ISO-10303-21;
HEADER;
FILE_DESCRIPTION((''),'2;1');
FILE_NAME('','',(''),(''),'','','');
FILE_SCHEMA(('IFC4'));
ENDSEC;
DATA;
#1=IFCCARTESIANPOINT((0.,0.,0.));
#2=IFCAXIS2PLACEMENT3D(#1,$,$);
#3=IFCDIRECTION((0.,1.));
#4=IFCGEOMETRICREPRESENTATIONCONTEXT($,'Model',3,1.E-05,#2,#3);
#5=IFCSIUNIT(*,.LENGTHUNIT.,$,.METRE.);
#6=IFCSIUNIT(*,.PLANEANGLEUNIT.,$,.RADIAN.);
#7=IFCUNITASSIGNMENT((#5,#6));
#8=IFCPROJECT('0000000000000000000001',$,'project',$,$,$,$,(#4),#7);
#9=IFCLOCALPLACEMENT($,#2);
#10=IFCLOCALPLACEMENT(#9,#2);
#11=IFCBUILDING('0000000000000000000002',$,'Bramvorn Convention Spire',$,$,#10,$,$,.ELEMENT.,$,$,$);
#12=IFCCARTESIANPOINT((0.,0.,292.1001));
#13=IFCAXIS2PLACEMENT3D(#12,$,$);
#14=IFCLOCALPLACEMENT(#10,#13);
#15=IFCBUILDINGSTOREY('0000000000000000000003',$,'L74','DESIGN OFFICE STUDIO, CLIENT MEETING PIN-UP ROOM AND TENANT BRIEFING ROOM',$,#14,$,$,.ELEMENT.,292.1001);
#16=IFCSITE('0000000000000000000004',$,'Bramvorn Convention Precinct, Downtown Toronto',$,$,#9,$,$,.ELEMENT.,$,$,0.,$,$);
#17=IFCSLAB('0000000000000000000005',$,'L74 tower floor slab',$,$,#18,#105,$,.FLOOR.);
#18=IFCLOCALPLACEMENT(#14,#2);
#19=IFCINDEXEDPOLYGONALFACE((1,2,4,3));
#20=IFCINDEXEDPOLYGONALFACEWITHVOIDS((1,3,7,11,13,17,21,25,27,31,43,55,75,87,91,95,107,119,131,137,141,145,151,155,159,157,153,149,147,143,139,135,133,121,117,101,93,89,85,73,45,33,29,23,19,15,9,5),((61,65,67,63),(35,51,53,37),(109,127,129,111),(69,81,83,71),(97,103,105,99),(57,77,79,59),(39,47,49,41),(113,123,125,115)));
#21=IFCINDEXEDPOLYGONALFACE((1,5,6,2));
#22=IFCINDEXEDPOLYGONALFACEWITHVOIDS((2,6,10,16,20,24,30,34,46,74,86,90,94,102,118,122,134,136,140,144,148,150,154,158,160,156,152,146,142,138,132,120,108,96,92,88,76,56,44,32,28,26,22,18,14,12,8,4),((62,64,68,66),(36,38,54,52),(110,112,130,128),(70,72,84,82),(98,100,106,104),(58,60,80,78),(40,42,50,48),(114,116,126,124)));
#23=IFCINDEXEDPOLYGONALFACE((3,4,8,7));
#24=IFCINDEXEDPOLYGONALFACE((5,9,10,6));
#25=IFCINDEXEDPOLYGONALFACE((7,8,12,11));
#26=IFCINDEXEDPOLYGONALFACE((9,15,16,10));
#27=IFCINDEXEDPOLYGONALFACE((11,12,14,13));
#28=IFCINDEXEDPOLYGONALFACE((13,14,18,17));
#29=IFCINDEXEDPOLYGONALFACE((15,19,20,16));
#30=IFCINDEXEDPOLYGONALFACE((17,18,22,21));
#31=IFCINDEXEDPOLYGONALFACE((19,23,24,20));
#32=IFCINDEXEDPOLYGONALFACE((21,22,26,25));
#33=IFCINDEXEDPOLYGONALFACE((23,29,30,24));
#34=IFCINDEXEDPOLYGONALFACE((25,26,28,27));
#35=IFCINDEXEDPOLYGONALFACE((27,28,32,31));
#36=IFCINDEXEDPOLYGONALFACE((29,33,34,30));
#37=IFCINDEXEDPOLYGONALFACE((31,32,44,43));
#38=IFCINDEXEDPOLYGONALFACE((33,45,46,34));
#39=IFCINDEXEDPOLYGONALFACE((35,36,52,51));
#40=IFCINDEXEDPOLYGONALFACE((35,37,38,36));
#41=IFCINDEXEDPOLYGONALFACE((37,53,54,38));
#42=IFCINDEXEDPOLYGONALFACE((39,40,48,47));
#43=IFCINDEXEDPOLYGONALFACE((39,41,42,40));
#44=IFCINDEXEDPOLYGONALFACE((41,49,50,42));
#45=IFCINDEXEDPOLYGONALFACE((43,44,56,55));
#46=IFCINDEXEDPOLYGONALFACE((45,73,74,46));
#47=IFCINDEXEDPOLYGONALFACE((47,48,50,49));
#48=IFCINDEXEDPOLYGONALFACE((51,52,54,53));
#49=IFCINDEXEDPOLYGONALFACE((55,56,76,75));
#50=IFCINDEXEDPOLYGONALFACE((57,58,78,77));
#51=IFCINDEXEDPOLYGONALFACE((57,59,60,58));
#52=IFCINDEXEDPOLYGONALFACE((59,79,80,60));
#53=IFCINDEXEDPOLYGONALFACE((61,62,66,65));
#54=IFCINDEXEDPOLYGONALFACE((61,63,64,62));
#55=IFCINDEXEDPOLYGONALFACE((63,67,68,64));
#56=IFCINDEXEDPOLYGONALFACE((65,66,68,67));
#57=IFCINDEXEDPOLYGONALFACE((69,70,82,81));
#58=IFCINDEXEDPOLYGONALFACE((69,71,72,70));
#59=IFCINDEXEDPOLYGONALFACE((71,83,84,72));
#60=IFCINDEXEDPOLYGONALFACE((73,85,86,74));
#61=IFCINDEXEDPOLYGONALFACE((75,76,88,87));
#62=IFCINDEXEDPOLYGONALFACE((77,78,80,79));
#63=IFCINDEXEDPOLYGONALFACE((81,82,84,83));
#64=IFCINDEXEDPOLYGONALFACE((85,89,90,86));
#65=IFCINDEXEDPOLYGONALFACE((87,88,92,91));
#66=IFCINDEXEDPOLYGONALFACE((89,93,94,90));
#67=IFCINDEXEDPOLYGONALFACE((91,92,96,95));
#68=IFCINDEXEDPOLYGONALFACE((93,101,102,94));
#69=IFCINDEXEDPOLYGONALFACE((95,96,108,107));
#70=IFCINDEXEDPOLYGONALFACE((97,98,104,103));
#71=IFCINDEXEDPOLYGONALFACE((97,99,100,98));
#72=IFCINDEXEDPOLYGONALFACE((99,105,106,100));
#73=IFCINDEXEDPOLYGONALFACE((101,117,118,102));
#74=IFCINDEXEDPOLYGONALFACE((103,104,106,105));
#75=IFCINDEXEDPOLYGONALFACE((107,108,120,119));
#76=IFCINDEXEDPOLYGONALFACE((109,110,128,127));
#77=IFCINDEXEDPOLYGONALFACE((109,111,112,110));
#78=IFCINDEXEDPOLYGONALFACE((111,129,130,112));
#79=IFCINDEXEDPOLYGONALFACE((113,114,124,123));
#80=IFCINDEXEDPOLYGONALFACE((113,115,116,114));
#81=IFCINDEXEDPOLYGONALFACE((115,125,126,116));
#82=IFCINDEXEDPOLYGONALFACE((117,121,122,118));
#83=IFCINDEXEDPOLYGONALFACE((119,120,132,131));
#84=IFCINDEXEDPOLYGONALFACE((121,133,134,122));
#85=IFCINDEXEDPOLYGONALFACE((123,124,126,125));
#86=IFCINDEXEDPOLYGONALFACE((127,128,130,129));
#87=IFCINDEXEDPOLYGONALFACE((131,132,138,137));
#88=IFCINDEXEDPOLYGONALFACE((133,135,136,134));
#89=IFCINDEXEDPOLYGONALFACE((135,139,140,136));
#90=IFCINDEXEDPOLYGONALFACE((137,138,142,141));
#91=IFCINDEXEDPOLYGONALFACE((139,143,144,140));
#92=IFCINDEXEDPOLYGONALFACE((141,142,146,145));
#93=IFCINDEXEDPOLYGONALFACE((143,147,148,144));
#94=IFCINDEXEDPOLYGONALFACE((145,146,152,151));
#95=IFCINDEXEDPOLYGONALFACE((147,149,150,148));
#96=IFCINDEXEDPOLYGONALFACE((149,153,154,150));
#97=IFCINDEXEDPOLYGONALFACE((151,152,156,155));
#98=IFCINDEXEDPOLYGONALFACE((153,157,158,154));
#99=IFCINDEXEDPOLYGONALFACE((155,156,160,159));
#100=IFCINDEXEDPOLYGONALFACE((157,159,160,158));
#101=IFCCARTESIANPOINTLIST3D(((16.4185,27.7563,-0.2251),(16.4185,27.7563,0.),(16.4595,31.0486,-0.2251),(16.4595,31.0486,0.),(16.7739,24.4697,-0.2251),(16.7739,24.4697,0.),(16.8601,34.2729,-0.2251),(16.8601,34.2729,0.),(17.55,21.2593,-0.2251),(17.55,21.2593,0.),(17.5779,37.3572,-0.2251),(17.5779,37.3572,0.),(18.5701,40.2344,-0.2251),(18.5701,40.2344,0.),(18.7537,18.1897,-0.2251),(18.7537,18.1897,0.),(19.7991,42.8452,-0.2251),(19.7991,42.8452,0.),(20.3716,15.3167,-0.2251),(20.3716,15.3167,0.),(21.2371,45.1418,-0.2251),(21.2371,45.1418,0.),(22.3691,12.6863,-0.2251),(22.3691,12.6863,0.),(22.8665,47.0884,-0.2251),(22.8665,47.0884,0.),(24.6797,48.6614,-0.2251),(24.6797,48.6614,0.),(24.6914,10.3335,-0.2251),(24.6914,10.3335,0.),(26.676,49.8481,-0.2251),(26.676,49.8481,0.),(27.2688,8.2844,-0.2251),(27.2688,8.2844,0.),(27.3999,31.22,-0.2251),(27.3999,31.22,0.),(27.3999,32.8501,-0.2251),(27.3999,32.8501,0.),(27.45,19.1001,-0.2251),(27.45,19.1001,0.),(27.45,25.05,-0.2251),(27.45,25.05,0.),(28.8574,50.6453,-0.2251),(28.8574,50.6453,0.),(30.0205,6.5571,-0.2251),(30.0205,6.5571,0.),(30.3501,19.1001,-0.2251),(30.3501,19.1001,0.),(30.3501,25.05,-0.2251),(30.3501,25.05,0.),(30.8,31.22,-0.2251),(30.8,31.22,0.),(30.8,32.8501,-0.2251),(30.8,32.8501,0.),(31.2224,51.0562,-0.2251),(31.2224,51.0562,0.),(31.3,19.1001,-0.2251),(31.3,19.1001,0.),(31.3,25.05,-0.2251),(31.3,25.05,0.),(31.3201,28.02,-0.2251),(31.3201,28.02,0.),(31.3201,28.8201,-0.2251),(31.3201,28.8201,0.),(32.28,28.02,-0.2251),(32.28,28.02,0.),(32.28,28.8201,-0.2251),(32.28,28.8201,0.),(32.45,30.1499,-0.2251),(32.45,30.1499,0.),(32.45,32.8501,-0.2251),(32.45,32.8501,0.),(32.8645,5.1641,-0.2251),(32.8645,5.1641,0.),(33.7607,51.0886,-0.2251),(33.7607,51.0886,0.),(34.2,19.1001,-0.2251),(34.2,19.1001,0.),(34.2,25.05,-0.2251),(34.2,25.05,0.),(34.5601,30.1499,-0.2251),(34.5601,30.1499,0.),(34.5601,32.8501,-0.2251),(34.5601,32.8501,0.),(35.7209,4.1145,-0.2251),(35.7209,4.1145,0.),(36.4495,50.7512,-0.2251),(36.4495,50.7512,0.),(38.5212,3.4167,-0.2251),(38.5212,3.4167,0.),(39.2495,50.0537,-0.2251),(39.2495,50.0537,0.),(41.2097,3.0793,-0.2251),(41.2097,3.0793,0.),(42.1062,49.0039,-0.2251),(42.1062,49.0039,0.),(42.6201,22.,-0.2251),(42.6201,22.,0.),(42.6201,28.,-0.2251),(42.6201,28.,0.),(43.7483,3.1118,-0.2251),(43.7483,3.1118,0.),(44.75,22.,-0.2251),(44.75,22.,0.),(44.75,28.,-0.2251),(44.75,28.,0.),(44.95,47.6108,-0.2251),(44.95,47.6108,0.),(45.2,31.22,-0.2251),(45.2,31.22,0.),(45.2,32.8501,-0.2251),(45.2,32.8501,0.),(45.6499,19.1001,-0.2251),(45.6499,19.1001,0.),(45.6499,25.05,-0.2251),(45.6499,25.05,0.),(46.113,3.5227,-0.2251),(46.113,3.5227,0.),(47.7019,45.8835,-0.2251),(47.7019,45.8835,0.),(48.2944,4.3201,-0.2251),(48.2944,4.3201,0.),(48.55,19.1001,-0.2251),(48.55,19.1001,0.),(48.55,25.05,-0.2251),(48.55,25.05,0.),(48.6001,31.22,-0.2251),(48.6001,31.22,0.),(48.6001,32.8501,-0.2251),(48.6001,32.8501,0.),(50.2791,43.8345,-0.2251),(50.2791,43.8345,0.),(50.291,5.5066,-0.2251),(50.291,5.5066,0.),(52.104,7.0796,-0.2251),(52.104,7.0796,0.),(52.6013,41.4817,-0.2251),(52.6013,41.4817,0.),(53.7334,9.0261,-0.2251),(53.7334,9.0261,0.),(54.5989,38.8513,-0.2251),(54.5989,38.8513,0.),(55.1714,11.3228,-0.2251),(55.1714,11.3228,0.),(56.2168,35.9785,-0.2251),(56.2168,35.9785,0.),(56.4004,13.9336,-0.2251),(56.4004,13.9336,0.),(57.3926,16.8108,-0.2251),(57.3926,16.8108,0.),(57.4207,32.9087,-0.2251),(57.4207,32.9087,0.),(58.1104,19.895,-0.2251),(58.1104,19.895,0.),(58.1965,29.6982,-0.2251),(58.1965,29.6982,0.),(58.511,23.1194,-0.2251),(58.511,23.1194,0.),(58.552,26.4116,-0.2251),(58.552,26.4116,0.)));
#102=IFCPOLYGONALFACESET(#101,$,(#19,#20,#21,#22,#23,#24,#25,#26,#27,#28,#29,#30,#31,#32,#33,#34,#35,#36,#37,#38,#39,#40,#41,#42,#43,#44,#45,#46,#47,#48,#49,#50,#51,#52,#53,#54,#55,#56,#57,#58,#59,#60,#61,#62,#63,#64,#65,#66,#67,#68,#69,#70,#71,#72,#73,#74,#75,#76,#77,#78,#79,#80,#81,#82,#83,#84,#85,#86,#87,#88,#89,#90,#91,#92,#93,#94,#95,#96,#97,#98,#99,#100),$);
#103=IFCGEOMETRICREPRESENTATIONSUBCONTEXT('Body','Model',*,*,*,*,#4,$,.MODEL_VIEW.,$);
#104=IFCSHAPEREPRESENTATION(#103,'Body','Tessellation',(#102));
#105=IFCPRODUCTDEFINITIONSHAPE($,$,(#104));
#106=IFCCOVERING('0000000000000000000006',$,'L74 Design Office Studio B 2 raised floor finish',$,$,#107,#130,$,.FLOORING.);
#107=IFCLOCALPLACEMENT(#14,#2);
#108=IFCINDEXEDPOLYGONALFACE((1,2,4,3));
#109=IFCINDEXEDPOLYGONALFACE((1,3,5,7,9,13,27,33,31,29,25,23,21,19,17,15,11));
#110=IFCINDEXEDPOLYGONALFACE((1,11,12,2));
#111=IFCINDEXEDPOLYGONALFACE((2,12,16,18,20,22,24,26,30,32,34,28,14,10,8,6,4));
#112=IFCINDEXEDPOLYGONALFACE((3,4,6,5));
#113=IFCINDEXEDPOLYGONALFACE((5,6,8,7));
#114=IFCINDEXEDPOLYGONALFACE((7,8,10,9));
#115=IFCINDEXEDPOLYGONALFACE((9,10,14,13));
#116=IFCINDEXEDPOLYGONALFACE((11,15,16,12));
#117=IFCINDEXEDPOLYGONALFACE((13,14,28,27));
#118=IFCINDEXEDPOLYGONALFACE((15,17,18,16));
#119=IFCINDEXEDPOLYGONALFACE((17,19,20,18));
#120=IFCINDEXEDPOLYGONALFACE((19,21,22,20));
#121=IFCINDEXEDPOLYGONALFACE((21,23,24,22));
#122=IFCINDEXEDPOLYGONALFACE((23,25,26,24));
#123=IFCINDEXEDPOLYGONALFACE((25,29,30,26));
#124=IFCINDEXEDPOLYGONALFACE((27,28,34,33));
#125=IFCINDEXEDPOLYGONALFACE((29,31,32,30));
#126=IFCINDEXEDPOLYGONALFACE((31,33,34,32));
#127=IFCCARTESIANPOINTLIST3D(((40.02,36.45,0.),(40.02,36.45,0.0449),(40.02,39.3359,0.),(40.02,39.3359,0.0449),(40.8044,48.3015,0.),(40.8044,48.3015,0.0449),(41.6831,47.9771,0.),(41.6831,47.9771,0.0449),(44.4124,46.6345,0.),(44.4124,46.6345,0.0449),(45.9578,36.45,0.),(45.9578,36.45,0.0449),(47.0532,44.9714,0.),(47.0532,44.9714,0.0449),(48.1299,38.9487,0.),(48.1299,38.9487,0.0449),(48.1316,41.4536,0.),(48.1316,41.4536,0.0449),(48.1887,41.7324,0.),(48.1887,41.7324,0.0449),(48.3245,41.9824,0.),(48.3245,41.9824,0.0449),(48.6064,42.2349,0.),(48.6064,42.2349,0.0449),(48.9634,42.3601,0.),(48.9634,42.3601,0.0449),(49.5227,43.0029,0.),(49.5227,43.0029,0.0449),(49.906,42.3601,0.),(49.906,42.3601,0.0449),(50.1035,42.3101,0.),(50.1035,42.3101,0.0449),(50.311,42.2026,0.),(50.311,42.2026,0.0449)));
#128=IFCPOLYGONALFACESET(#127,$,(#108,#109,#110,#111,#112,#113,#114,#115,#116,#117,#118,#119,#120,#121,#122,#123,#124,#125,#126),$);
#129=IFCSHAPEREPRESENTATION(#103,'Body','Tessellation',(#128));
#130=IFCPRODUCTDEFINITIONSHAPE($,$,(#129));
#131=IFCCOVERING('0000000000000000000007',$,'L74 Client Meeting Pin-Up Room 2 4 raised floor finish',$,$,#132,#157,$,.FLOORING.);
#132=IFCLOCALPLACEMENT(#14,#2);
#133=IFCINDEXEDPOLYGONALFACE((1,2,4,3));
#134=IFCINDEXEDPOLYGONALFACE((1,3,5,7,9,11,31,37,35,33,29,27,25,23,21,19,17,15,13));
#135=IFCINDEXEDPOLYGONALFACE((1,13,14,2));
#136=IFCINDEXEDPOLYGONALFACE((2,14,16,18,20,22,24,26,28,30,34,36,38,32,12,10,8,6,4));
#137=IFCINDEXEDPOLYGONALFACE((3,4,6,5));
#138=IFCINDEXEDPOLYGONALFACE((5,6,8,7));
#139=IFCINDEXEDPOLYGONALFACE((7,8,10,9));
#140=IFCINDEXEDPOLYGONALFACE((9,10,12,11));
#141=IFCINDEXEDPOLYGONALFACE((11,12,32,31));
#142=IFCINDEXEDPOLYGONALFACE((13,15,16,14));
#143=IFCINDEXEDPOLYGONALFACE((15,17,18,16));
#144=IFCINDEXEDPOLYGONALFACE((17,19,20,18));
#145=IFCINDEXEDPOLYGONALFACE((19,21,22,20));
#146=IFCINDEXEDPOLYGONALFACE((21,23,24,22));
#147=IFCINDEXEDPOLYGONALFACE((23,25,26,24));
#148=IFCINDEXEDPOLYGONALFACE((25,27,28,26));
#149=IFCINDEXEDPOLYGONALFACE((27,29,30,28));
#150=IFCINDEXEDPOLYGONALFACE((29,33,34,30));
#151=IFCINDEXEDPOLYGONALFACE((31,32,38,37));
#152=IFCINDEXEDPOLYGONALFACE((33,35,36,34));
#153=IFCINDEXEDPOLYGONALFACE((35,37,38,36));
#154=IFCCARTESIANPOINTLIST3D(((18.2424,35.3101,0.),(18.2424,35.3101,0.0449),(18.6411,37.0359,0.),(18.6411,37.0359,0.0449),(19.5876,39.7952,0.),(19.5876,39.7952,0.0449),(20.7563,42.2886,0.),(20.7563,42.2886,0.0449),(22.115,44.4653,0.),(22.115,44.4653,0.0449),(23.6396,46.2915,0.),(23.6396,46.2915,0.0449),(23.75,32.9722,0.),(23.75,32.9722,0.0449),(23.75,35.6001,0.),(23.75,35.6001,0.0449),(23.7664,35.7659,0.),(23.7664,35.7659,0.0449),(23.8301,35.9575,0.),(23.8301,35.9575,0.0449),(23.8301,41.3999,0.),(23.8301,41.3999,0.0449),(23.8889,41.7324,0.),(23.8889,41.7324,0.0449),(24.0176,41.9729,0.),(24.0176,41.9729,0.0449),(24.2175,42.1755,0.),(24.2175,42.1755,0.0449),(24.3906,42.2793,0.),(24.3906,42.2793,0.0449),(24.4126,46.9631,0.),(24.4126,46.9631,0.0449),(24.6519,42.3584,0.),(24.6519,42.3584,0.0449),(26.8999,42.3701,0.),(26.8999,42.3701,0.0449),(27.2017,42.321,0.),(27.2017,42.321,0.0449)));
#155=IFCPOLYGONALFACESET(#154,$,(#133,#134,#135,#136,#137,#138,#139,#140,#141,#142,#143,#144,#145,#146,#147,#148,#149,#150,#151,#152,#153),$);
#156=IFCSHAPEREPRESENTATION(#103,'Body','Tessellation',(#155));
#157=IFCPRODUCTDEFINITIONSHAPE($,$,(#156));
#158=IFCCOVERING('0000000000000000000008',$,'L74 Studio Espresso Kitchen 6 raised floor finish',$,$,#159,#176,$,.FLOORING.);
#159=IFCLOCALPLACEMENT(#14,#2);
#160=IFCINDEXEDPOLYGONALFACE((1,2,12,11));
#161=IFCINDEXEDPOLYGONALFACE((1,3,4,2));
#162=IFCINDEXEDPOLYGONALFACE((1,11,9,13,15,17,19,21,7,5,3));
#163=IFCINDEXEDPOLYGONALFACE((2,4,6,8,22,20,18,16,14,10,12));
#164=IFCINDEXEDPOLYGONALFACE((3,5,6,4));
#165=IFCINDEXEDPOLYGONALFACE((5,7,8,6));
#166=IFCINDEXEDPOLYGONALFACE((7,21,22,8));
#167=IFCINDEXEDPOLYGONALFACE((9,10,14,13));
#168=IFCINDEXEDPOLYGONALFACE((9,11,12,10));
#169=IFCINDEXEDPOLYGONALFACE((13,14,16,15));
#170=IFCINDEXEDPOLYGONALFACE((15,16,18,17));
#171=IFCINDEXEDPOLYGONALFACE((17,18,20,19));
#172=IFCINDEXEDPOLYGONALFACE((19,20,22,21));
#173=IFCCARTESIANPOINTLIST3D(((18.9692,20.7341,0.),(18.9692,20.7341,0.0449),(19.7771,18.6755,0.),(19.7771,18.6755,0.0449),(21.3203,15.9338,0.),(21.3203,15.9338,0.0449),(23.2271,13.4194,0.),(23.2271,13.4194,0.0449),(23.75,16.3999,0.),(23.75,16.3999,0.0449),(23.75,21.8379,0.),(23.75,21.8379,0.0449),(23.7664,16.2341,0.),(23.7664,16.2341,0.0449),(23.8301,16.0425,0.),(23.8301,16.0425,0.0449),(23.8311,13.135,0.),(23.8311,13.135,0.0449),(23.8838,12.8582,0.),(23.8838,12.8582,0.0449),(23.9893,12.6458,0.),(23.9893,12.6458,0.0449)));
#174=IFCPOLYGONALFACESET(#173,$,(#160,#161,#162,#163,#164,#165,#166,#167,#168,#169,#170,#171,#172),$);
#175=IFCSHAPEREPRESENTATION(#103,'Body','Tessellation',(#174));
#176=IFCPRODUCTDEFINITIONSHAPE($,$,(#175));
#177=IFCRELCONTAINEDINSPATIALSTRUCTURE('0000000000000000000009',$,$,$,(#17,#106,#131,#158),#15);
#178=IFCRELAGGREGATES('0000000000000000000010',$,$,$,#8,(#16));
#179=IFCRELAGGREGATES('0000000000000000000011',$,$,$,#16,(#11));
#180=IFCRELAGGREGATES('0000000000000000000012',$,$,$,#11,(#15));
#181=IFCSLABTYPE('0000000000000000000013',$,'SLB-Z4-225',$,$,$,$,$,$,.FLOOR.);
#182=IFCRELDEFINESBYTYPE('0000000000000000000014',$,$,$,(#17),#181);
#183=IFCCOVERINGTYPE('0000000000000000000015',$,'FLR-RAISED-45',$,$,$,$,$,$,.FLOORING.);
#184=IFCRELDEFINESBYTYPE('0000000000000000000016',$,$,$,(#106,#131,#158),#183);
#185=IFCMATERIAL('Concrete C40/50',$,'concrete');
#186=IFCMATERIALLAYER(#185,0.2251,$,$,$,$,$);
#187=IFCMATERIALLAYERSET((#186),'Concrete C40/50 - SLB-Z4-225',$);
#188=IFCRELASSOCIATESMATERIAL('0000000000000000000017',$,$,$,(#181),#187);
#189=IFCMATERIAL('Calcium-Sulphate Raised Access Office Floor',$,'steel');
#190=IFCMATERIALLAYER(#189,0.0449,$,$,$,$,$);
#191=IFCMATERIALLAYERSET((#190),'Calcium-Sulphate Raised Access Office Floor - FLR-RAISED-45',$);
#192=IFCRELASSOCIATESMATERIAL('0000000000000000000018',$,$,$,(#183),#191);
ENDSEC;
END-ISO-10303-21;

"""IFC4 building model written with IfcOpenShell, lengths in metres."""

from ifc_helpers import new_model, si_unit, direction, frame, origin, place, context, subcontext, project, spatial, polyline, outline, extrude, material, layer, layer_set, type_object, element, save


model = new_model("IFC4")

# Units and contexts
model_context = context("Model", 3, precision=1e-05, world=origin(), true_north=direction((0.0, 1.0)))
body_context = subcontext(model_context, "Body", "Model", "MODEL_VIEW")
ifc_project = project(units=[si_unit("LENGTHUNIT", "METRE"), si_unit("PLANEANGLEUNIT", "RADIAN")], contexts=[model_context])

# Site, building, storey
site_placement = place(None, origin())
site = spatial("IfcSite", under=ifc_project, at=site_placement, Name="Bramvorn Convention Precinct, Downtown Toronto", CompositionType="ELEMENT", RefElevation=0.0)
building_placement = place(site_placement, origin())
building = spatial("IfcBuilding", under=site, at=building_placement, Name="Bramvorn Convention Spire", CompositionType="ELEMENT")
storey_placement = place(building_placement, frame((0.0, 0.0, 292.1001)))
storey = spatial("IfcBuildingStorey", under=building, at=storey_placement, Name="L74", Description="DESIGN OFFICE STUDIO, CLIENT MEETING PIN-UP ROOM AND TENANT BRIEFING ROOM", CompositionType="ELEMENT", Elevation=292.1001)

# Slab
ifc_material_1 = material(Name="Concrete C40/50", Category="concrete")
ifc_layer_1 = layer(ifc_material_1, 0.2251)
ifc_layer_set_1 = layer_set([ifc_layer_1], Name="Concrete C40/50 - SLB-Z4-225")
slab_type_1 = type_object("IfcSlabType", Name="SLB-Z4-225", PredefinedType="FLOOR", material=ifc_layer_set_1)
slab_1_placement = place(storey_placement, frame((0.0, 0.0, -0.2251)))
element("IfcSlab", 1, at=slab_1_placement, inside=storey, type_object=slab_type_1, Name="L74 tower floor slab", PredefinedType="FLOOR", context=body_context, shape_type="SweptSolid", body=[
    extrude(outline(polyline([(48.2944, 4.3201), (50.291, 5.5066), (52.104, 7.0796), (53.7334, 9.0261), (55.1714, 11.3228), (56.4004, 13.9336), (57.3926, 16.8108), (58.1104, 19.895), (58.511, 23.1194), (58.552, 26.4116), (58.1965, 29.6982), (57.4207, 32.9087), (56.2168, 35.9785), (54.5989, 38.8513), (52.6013, 41.4817), (50.2791, 43.8345), (47.7019, 45.8835), (44.95, 47.6108), (42.1062, 49.0039), (39.2495, 50.0537), (36.4495, 50.7512), (33.7607, 51.0886), (31.2224, 51.0562), (28.8574, 50.6453), (26.676, 49.8481), (24.6797, 48.6614), (22.8665, 47.0884), (21.2371, 45.1418), (19.7991, 42.8452), (18.5701, 40.2344), (17.5779, 37.3572), (16.8601, 34.2729), (16.4595, 31.0486), (16.4185, 27.7563), (16.7739, 24.4697), (17.55, 21.2593), (18.7537, 18.1897), (20.3716, 15.3167), (22.3691, 12.6863), (24.6914, 10.3335), (27.2688, 8.2844), (30.0205, 6.5571), (32.8645, 5.1641), (35.7209, 4.1145), (38.5212, 3.4167), (41.2097, 3.0793), (43.7483, 3.1118), (46.113, 3.5227), (48.2944, 4.3201)]), holes=[polyline([(27.45, 25.05), (27.45, 19.1001), (30.3501, 19.1001), (30.3501, 25.05), (27.45, 25.05)]), polyline([(45.6499, 25.05), (45.6499, 19.1001), (48.55, 19.1001), (48.55, 25.05), (45.6499, 25.05)]), polyline([(31.3, 25.05), (31.3, 19.1001), (34.2, 19.1001), (34.2, 25.05), (31.3, 25.05)]), polyline([(27.3999, 31.22), (30.8, 31.22), (30.8, 32.8501), (27.3999, 32.8501), (27.3999, 31.22)]), polyline([(45.2, 31.22), (48.6001, 31.22), (48.6001, 32.8501), (45.2, 32.8501), (45.2, 31.22)]), polyline([(32.45, 30.1499), (34.5601, 30.1499), (34.5601, 32.8501), (32.45, 32.8501), (32.45, 30.1499)]), polyline([(42.6201, 22.0), (44.75, 22.0), (44.75, 28.0), (42.6201, 28.0), (42.6201, 22.0)]), polyline([(31.3201, 28.02), (32.28, 28.02), (32.28, 28.8201), (31.3201, 28.8201), (31.3201, 28.02)])]), origin(), (0.0, 0.0, 1.0), 0.2251),
])

# Coverings
ifc_material_2 = material(Name="Calcium-Sulphate Raised Access Office Floor", Category="steel")
ifc_layer_2 = layer(ifc_material_2, 0.0449)
ifc_layer_set_2 = layer_set([ifc_layer_2], Name="Calcium-Sulphate Raised Access Office Floor - FLR-RAISED-45")
covering_type = type_object("IfcCoveringType", Name="FLR-RAISED-45", PredefinedType="FLOORING", material=ifc_layer_set_2)
covering_1_placement = place(storey_placement, origin())
element("IfcCovering", 2, at=covering_1_placement, inside=storey, type_object=covering_type, Name="L74 Design Office Studio B 2 raised floor finish", PredefinedType="FLOORING", context=body_context, shape_type="SweptSolid", body=[
    extrude(outline(polyline([(41.6831, 47.9771), (40.8044, 48.3015), (40.02, 39.3359), (40.02, 36.45), (45.9578, 36.45), (48.1299, 38.9487), (48.1316, 41.4536), (48.1887, 41.7324), (48.3245, 41.9824), (48.6064, 42.2349), (48.9634, 42.3601), (49.906, 42.3601), (50.1035, 42.3101), (50.311, 42.2026), (49.5227, 43.0029), (47.0532, 44.9714), (44.4124, 46.6345), (41.6831, 47.9771)])), origin(), (0.0, 0.0, 1.0), 0.0449),
])
covering_2_placement = place(storey_placement, origin())
element("IfcCovering", 3, at=covering_2_placement, inside=storey, type_object=covering_type, Name="L74 Client Meeting Pin-Up Room 2 4 raised floor finish", PredefinedType="FLOORING", context=body_context, shape_type="SweptSolid", body=[
    extrude(outline(polyline([(18.6411, 37.0359), (18.2424, 35.3101), (23.75, 32.9722), (23.75, 35.6001), (23.7664, 35.7659), (23.8301, 35.9575), (23.8301, 41.3999), (23.8889, 41.7324), (24.0176, 41.9729), (24.2175, 42.1755), (24.3906, 42.2793), (24.6519, 42.3584), (26.8999, 42.3701), (27.2017, 42.321), (24.4126, 46.9631), (23.6396, 46.2915), (22.115, 44.4653), (20.7563, 42.2886), (19.5876, 39.7952), (18.6411, 37.0359)])), origin(), (0.0, 0.0, 1.0), 0.0449),
])
covering_3_placement = place(storey_placement, origin())
element("IfcCovering", 4, at=covering_3_placement, inside=storey, type_object=covering_type, Name="L74 Studio Espresso Kitchen 6 raised floor finish", PredefinedType="FLOORING", context=body_context, shape_type="SweptSolid", body=[
    extrude(outline(polyline([(23.2271, 13.4194), (23.9893, 12.6458), (23.8838, 12.8582), (23.8311, 13.135), (23.8301, 16.0425), (23.7664, 16.2341), (23.75, 16.3999), (23.75, 21.8379), (18.9692, 20.7341), (19.7771, 18.6755), (21.3203, 15.9338), (23.2271, 13.4194)])), origin(), (0.0, 0.0, 1.0), 0.0449),
])

save(model, "model.ifc")
